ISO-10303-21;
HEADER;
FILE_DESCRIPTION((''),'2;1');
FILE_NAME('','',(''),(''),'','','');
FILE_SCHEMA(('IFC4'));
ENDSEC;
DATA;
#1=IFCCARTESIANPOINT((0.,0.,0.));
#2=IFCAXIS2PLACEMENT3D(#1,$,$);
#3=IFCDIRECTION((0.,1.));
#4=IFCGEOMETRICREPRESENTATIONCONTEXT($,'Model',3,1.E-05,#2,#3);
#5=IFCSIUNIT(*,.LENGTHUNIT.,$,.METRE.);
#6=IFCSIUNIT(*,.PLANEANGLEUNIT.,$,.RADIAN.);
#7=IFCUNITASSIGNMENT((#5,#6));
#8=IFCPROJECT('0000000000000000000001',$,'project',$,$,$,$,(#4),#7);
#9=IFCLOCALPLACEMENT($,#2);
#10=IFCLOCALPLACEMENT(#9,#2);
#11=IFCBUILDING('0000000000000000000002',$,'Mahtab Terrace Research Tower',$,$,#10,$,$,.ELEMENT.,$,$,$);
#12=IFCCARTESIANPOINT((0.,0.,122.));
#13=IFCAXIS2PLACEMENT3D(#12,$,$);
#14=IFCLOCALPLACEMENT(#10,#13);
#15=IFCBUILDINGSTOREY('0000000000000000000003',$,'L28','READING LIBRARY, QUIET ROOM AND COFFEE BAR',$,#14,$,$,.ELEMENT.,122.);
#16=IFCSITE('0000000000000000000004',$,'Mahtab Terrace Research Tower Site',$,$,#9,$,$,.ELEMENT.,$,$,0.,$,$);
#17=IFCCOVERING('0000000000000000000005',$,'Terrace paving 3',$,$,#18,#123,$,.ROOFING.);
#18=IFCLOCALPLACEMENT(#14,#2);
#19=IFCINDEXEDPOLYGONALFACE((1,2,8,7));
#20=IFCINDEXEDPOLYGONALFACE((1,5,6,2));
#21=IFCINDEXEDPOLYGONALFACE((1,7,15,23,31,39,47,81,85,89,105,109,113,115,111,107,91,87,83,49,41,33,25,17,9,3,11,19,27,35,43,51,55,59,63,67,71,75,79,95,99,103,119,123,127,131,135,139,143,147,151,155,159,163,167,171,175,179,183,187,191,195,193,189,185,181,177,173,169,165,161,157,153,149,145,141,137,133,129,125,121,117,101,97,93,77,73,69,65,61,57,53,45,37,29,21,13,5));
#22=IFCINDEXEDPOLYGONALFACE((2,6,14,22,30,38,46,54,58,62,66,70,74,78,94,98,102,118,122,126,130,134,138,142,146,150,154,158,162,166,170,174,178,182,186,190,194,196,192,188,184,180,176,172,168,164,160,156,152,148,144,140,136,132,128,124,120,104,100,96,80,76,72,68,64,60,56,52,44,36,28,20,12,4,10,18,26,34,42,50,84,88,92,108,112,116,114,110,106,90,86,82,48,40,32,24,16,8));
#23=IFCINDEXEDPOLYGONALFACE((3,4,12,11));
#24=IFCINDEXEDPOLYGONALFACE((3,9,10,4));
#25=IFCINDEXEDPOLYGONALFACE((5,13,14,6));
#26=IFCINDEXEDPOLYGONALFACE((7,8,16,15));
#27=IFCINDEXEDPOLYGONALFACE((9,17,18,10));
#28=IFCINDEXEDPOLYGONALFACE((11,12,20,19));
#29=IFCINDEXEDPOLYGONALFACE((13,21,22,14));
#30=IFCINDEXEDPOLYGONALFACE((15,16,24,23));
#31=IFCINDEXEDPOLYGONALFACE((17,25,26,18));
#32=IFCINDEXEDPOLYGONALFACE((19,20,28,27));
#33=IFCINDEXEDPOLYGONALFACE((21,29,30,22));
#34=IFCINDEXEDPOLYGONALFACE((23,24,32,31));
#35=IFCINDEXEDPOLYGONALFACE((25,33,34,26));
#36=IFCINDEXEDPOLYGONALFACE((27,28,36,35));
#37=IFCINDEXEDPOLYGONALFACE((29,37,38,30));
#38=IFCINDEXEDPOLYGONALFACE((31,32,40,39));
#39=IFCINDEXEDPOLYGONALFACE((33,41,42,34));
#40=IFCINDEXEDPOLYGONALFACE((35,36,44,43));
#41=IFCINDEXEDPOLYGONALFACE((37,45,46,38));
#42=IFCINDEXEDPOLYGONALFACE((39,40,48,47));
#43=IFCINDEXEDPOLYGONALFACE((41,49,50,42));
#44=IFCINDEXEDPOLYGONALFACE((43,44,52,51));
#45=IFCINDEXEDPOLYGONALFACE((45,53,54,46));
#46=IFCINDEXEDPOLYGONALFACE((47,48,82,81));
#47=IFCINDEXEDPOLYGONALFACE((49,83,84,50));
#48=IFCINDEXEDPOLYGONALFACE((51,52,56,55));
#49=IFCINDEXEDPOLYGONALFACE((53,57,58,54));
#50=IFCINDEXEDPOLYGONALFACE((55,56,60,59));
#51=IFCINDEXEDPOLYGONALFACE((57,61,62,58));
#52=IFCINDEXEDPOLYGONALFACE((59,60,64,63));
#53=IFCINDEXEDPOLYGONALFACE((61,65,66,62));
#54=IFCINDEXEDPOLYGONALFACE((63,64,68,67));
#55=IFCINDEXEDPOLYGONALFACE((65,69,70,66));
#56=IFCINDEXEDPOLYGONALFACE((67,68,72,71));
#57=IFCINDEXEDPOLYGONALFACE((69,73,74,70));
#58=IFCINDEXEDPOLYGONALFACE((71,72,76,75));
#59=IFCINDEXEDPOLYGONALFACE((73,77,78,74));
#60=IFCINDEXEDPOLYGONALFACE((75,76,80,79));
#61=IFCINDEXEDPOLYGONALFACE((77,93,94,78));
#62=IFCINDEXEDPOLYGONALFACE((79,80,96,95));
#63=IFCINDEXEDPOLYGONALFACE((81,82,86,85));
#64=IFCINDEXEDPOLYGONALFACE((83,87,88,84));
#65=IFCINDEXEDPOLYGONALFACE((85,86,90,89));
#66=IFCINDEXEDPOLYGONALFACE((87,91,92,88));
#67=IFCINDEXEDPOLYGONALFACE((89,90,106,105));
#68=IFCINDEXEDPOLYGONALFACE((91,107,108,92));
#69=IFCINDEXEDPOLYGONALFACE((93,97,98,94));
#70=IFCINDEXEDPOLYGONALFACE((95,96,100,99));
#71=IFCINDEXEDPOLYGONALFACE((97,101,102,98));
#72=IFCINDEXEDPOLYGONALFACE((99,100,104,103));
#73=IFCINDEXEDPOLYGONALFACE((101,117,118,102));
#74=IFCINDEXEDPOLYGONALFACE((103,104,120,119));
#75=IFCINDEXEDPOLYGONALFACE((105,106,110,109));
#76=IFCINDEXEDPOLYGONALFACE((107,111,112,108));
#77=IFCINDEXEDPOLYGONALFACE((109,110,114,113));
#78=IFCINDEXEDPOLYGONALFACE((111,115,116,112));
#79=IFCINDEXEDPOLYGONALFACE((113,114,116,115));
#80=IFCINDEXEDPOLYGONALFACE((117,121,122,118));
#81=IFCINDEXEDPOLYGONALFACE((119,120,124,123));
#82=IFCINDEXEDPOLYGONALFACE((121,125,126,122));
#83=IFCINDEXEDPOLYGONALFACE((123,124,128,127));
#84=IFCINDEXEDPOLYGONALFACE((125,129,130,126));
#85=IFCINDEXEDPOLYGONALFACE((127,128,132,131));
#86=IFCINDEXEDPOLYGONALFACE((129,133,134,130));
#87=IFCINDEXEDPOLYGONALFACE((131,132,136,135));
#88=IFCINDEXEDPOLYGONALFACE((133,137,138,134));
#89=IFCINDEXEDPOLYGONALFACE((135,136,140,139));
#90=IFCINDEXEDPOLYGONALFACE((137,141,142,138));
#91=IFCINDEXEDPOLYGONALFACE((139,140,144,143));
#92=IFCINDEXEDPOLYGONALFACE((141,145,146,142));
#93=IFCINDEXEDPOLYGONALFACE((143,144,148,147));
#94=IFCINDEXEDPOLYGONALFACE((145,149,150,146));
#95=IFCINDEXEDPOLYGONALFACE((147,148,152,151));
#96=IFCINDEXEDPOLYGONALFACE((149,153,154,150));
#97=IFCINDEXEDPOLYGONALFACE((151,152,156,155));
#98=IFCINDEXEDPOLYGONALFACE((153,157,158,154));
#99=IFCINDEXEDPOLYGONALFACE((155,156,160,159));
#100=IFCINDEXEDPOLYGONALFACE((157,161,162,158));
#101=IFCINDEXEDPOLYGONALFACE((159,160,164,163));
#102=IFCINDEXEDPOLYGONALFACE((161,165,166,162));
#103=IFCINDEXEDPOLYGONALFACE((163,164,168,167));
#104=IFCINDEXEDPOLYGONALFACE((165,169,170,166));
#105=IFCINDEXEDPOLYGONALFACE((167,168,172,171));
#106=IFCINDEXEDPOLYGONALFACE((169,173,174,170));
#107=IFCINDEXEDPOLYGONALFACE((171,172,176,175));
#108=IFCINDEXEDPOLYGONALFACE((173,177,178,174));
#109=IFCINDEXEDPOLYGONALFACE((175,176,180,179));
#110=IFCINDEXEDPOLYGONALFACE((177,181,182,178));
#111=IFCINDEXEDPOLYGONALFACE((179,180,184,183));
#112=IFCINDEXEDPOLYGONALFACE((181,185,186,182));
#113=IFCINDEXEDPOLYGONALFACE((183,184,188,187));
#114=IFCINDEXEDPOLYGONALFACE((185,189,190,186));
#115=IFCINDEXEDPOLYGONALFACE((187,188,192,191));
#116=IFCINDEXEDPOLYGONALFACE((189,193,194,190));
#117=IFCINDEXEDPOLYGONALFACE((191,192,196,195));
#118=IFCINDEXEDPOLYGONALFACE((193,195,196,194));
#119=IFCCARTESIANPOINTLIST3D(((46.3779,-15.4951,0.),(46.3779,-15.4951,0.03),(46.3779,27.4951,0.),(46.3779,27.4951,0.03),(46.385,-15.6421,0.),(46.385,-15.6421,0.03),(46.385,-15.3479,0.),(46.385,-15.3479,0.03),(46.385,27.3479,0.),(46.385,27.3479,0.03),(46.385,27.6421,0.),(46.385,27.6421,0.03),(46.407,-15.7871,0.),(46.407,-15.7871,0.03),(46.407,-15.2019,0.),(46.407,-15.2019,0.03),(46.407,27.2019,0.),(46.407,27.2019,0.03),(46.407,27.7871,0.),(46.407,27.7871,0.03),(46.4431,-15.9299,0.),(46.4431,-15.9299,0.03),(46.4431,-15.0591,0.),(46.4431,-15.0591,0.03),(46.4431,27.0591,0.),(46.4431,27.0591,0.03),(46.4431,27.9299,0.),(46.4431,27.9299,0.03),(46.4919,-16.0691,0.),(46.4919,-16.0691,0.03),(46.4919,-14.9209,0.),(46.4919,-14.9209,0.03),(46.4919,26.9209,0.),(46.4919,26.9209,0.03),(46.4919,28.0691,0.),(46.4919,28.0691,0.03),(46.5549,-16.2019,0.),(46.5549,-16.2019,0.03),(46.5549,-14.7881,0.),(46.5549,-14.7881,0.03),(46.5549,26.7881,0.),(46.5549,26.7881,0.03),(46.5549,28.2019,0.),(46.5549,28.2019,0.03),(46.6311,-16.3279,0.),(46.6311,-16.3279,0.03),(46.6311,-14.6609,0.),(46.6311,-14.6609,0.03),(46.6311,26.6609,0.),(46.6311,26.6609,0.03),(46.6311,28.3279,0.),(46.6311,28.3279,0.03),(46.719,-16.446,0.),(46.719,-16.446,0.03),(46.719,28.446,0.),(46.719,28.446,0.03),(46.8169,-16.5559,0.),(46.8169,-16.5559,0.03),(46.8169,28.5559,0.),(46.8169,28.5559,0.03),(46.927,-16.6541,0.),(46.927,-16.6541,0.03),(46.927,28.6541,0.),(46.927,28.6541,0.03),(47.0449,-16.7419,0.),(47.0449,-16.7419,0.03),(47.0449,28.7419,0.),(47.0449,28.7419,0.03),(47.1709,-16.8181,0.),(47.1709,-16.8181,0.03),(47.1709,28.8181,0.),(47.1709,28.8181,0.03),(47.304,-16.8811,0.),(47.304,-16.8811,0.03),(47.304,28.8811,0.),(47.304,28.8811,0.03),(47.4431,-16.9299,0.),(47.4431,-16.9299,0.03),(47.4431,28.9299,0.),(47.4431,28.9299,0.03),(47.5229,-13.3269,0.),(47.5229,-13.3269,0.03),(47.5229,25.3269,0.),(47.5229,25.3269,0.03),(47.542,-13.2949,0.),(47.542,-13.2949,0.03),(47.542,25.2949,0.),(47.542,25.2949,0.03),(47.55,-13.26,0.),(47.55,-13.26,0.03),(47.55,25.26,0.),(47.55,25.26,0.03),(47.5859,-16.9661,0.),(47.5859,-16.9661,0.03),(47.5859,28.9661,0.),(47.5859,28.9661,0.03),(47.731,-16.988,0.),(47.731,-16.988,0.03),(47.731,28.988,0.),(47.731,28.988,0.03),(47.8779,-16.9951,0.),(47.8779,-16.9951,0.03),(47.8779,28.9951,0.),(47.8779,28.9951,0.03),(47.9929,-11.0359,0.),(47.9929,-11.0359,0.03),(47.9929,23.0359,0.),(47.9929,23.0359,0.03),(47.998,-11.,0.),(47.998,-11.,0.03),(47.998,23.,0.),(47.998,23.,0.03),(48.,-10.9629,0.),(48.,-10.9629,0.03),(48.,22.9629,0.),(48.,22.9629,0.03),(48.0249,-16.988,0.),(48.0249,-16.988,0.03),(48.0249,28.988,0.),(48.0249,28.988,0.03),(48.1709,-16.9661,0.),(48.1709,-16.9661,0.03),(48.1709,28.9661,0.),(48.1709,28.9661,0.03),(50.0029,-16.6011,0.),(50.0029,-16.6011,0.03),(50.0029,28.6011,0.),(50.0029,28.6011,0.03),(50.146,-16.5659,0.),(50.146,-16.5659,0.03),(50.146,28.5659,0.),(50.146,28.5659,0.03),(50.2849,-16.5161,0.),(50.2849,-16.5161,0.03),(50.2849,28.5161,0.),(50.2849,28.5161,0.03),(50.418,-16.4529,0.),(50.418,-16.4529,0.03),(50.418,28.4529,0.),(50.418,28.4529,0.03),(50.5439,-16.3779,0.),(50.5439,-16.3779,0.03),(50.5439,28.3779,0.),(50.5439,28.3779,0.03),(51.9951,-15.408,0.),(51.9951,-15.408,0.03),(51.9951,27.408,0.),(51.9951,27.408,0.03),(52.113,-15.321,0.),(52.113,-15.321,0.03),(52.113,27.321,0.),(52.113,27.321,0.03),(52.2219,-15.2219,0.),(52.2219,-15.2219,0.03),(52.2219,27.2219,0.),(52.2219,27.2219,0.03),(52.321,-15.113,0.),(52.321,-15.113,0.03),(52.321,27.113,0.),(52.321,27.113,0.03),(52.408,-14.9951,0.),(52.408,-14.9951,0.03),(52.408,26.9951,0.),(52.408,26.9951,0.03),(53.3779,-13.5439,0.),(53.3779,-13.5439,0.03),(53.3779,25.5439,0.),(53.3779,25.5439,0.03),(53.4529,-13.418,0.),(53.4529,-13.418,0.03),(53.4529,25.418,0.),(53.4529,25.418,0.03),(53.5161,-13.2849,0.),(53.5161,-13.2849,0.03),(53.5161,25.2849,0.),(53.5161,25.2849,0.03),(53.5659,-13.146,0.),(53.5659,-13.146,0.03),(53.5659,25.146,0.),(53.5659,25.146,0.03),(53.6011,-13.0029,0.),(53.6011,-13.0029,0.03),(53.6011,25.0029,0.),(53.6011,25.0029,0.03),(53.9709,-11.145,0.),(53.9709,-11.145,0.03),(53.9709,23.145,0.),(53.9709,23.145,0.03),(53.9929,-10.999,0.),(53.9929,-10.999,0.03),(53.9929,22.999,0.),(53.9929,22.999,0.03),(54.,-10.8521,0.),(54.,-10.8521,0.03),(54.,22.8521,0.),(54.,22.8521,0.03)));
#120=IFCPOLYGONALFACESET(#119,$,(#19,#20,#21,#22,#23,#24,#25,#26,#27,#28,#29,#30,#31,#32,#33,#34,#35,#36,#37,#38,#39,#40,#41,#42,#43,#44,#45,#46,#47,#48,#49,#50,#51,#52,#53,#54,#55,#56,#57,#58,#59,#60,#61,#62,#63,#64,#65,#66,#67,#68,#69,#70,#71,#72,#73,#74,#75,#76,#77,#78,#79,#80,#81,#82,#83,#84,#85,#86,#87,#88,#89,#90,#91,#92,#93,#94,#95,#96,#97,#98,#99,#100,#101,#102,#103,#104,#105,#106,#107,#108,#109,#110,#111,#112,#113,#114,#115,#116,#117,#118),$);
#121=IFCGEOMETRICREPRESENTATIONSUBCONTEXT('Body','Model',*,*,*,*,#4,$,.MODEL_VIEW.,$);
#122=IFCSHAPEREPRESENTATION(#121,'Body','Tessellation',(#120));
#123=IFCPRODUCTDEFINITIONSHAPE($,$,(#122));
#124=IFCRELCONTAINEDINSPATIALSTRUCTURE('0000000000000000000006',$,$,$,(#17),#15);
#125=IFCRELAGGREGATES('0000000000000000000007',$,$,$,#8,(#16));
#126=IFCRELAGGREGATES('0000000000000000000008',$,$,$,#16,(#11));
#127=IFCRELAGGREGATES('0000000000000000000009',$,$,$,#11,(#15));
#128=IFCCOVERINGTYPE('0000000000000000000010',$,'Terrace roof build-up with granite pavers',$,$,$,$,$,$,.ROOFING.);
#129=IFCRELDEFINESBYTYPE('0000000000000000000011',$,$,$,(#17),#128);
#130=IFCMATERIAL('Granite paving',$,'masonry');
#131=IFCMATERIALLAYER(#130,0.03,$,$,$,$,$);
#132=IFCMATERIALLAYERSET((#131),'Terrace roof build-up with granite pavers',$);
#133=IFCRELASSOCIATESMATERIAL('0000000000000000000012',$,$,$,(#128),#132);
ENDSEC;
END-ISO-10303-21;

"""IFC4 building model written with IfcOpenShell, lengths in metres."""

from ifc_helpers import new_model, si_unit, direction, frame, origin, place, context, subcontext, project, spatial, polyline, outline, extrude, material, layer, layer_set, type_object, element, save


model = new_model("IFC4")

# Units and contexts
model_context = context("Model", 3, precision=1e-05, world=origin(), true_north=direction((0.0, 1.0)))
body_context = subcontext(model_context, "Body", "Model", "MODEL_VIEW")
ifc_project = project(units=[si_unit("LENGTHUNIT", "METRE"), si_unit("PLANEANGLEUNIT", "RADIAN")], contexts=[model_context])

# Site, building, storey
site_placement = place(None, origin())
site = spatial("IfcSite", under=ifc_project, at=site_placement, Name="Mahtab Terrace Research Tower Site", CompositionType="ELEMENT", RefElevation=0.0)
building_placement = place(site_placement, origin())
building = spatial("IfcBuilding", under=site, at=building_placement, Name="Mahtab Terrace Research Tower", CompositionType="ELEMENT")
storey_placement = place(building_placement, frame((0.0, 0.0, 122.0)))
storey = spatial("IfcBuildingStorey", under=building, at=storey_placement, Name="L28", Description="READING LIBRARY, QUIET ROOM AND COFFEE BAR", CompositionType="ELEMENT", Elevation=122.0)

# Covering
ifc_material_1 = material(Name="Granite paving", Category="masonry")
ifc_layer_1 = layer(ifc_material_1, 0.03)
ifc_layer_set_1 = layer_set([ifc_layer_1], Name="Terrace roof build-up with granite pavers")
covering_type_1 = type_object("IfcCoveringType", Name="Terrace roof build-up with granite pavers", PredefinedType="ROOFING", material=ifc_layer_set_1)
covering_1_placement = place(storey_placement, origin())
element("IfcCovering", 1, at=covering_1_placement, inside=storey, type_object=covering_type_1, Name="Terrace paving 3", PredefinedType="ROOFING", context=body_context, shape_type="SweptSolid", body=[
    extrude(outline(polyline([(47.5229, 25.3269), (47.542, 25.2949), (47.55, 25.26), (47.9929, 23.0359), (47.998, 23.0), (48.0, 22.9629), (48.0, -10.9629), (47.998, -11.0), (47.9929, -11.0359), (47.55, -13.26), (47.542, -13.2949), (47.5229, -13.3269), (46.6311, -14.6609), (46.5549, -14.7881), (46.4919, -14.9209), (46.4431, -15.0591), (46.407, -15.2019), (46.385, -15.3479), (46.3779, -15.4951), (46.385, -15.6421), (46.407, -15.7871), (46.4431, -15.9299), (46.4919, -16.0691), (46.5549, -16.2019), (46.6311, -16.3279), (46.719, -16.446), (46.8169, -16.5559), (46.927, -16.6541), (47.0449, -16.7419), (47.1709, -16.8181), (47.304, -16.8811), (47.4431, -16.9299), (47.5859, -16.9661), (47.731, -16.988), (47.8779, -16.9951), (48.0249, -16.988), (48.1709, -16.9661), (50.0029, -16.6011), (50.146, -16.5659), (50.2849, -16.5161), (50.418, -16.4529), (50.5439, -16.3779), (51.9951, -15.408), (52.113, -15.321), (52.2219, -15.2219), (52.321, -15.113), (52.408, -14.9951), (53.3779, -13.5439), (53.4529, -13.418), (53.5161, -13.2849), (53.5659, -13.146), (53.6011, -13.0029), (53.9709, -11.145), (53.9929, -10.999), (54.0, -10.8521), (54.0, 22.8521), (53.9929, 22.999), (53.9709, 23.145), (53.6011, 25.0029), (53.5659, 25.146), (53.5161, 25.2849), (53.4529, 25.418), (53.3779, 25.5439), (52.408, 26.9951), (52.321, 27.113), (52.2219, 27.2219), (52.113, 27.321), (51.9951, 27.408), (50.5439, 28.3779), (50.418, 28.4529), (50.2849, 28.5161), (50.146, 28.5659), (50.0029, 28.6011), (48.1709, 28.9661), (48.0249, 28.988), (47.8779, 28.9951), (47.731, 28.988), (47.5859, 28.9661), (47.4431, 28.9299), (47.304, 28.8811), (47.1709, 28.8181), (47.0449, 28.7419), (46.927, 28.6541), (46.8169, 28.5559), (46.719, 28.446), (46.6311, 28.3279), (46.5549, 28.2019), (46.4919, 28.0691), (46.4431, 27.9299), (46.407, 27.7871), (46.385, 27.6421), (46.3779, 27.4951), (46.385, 27.3479), (46.407, 27.2019), (46.4431, 27.0591), (46.4919, 26.9209), (46.5549, 26.7881), (46.6311, 26.6609), (47.5229, 25.3269)])), origin(), (0.0, 0.0, 1.0), 0.03),
])

save(model, "model.ifc")
